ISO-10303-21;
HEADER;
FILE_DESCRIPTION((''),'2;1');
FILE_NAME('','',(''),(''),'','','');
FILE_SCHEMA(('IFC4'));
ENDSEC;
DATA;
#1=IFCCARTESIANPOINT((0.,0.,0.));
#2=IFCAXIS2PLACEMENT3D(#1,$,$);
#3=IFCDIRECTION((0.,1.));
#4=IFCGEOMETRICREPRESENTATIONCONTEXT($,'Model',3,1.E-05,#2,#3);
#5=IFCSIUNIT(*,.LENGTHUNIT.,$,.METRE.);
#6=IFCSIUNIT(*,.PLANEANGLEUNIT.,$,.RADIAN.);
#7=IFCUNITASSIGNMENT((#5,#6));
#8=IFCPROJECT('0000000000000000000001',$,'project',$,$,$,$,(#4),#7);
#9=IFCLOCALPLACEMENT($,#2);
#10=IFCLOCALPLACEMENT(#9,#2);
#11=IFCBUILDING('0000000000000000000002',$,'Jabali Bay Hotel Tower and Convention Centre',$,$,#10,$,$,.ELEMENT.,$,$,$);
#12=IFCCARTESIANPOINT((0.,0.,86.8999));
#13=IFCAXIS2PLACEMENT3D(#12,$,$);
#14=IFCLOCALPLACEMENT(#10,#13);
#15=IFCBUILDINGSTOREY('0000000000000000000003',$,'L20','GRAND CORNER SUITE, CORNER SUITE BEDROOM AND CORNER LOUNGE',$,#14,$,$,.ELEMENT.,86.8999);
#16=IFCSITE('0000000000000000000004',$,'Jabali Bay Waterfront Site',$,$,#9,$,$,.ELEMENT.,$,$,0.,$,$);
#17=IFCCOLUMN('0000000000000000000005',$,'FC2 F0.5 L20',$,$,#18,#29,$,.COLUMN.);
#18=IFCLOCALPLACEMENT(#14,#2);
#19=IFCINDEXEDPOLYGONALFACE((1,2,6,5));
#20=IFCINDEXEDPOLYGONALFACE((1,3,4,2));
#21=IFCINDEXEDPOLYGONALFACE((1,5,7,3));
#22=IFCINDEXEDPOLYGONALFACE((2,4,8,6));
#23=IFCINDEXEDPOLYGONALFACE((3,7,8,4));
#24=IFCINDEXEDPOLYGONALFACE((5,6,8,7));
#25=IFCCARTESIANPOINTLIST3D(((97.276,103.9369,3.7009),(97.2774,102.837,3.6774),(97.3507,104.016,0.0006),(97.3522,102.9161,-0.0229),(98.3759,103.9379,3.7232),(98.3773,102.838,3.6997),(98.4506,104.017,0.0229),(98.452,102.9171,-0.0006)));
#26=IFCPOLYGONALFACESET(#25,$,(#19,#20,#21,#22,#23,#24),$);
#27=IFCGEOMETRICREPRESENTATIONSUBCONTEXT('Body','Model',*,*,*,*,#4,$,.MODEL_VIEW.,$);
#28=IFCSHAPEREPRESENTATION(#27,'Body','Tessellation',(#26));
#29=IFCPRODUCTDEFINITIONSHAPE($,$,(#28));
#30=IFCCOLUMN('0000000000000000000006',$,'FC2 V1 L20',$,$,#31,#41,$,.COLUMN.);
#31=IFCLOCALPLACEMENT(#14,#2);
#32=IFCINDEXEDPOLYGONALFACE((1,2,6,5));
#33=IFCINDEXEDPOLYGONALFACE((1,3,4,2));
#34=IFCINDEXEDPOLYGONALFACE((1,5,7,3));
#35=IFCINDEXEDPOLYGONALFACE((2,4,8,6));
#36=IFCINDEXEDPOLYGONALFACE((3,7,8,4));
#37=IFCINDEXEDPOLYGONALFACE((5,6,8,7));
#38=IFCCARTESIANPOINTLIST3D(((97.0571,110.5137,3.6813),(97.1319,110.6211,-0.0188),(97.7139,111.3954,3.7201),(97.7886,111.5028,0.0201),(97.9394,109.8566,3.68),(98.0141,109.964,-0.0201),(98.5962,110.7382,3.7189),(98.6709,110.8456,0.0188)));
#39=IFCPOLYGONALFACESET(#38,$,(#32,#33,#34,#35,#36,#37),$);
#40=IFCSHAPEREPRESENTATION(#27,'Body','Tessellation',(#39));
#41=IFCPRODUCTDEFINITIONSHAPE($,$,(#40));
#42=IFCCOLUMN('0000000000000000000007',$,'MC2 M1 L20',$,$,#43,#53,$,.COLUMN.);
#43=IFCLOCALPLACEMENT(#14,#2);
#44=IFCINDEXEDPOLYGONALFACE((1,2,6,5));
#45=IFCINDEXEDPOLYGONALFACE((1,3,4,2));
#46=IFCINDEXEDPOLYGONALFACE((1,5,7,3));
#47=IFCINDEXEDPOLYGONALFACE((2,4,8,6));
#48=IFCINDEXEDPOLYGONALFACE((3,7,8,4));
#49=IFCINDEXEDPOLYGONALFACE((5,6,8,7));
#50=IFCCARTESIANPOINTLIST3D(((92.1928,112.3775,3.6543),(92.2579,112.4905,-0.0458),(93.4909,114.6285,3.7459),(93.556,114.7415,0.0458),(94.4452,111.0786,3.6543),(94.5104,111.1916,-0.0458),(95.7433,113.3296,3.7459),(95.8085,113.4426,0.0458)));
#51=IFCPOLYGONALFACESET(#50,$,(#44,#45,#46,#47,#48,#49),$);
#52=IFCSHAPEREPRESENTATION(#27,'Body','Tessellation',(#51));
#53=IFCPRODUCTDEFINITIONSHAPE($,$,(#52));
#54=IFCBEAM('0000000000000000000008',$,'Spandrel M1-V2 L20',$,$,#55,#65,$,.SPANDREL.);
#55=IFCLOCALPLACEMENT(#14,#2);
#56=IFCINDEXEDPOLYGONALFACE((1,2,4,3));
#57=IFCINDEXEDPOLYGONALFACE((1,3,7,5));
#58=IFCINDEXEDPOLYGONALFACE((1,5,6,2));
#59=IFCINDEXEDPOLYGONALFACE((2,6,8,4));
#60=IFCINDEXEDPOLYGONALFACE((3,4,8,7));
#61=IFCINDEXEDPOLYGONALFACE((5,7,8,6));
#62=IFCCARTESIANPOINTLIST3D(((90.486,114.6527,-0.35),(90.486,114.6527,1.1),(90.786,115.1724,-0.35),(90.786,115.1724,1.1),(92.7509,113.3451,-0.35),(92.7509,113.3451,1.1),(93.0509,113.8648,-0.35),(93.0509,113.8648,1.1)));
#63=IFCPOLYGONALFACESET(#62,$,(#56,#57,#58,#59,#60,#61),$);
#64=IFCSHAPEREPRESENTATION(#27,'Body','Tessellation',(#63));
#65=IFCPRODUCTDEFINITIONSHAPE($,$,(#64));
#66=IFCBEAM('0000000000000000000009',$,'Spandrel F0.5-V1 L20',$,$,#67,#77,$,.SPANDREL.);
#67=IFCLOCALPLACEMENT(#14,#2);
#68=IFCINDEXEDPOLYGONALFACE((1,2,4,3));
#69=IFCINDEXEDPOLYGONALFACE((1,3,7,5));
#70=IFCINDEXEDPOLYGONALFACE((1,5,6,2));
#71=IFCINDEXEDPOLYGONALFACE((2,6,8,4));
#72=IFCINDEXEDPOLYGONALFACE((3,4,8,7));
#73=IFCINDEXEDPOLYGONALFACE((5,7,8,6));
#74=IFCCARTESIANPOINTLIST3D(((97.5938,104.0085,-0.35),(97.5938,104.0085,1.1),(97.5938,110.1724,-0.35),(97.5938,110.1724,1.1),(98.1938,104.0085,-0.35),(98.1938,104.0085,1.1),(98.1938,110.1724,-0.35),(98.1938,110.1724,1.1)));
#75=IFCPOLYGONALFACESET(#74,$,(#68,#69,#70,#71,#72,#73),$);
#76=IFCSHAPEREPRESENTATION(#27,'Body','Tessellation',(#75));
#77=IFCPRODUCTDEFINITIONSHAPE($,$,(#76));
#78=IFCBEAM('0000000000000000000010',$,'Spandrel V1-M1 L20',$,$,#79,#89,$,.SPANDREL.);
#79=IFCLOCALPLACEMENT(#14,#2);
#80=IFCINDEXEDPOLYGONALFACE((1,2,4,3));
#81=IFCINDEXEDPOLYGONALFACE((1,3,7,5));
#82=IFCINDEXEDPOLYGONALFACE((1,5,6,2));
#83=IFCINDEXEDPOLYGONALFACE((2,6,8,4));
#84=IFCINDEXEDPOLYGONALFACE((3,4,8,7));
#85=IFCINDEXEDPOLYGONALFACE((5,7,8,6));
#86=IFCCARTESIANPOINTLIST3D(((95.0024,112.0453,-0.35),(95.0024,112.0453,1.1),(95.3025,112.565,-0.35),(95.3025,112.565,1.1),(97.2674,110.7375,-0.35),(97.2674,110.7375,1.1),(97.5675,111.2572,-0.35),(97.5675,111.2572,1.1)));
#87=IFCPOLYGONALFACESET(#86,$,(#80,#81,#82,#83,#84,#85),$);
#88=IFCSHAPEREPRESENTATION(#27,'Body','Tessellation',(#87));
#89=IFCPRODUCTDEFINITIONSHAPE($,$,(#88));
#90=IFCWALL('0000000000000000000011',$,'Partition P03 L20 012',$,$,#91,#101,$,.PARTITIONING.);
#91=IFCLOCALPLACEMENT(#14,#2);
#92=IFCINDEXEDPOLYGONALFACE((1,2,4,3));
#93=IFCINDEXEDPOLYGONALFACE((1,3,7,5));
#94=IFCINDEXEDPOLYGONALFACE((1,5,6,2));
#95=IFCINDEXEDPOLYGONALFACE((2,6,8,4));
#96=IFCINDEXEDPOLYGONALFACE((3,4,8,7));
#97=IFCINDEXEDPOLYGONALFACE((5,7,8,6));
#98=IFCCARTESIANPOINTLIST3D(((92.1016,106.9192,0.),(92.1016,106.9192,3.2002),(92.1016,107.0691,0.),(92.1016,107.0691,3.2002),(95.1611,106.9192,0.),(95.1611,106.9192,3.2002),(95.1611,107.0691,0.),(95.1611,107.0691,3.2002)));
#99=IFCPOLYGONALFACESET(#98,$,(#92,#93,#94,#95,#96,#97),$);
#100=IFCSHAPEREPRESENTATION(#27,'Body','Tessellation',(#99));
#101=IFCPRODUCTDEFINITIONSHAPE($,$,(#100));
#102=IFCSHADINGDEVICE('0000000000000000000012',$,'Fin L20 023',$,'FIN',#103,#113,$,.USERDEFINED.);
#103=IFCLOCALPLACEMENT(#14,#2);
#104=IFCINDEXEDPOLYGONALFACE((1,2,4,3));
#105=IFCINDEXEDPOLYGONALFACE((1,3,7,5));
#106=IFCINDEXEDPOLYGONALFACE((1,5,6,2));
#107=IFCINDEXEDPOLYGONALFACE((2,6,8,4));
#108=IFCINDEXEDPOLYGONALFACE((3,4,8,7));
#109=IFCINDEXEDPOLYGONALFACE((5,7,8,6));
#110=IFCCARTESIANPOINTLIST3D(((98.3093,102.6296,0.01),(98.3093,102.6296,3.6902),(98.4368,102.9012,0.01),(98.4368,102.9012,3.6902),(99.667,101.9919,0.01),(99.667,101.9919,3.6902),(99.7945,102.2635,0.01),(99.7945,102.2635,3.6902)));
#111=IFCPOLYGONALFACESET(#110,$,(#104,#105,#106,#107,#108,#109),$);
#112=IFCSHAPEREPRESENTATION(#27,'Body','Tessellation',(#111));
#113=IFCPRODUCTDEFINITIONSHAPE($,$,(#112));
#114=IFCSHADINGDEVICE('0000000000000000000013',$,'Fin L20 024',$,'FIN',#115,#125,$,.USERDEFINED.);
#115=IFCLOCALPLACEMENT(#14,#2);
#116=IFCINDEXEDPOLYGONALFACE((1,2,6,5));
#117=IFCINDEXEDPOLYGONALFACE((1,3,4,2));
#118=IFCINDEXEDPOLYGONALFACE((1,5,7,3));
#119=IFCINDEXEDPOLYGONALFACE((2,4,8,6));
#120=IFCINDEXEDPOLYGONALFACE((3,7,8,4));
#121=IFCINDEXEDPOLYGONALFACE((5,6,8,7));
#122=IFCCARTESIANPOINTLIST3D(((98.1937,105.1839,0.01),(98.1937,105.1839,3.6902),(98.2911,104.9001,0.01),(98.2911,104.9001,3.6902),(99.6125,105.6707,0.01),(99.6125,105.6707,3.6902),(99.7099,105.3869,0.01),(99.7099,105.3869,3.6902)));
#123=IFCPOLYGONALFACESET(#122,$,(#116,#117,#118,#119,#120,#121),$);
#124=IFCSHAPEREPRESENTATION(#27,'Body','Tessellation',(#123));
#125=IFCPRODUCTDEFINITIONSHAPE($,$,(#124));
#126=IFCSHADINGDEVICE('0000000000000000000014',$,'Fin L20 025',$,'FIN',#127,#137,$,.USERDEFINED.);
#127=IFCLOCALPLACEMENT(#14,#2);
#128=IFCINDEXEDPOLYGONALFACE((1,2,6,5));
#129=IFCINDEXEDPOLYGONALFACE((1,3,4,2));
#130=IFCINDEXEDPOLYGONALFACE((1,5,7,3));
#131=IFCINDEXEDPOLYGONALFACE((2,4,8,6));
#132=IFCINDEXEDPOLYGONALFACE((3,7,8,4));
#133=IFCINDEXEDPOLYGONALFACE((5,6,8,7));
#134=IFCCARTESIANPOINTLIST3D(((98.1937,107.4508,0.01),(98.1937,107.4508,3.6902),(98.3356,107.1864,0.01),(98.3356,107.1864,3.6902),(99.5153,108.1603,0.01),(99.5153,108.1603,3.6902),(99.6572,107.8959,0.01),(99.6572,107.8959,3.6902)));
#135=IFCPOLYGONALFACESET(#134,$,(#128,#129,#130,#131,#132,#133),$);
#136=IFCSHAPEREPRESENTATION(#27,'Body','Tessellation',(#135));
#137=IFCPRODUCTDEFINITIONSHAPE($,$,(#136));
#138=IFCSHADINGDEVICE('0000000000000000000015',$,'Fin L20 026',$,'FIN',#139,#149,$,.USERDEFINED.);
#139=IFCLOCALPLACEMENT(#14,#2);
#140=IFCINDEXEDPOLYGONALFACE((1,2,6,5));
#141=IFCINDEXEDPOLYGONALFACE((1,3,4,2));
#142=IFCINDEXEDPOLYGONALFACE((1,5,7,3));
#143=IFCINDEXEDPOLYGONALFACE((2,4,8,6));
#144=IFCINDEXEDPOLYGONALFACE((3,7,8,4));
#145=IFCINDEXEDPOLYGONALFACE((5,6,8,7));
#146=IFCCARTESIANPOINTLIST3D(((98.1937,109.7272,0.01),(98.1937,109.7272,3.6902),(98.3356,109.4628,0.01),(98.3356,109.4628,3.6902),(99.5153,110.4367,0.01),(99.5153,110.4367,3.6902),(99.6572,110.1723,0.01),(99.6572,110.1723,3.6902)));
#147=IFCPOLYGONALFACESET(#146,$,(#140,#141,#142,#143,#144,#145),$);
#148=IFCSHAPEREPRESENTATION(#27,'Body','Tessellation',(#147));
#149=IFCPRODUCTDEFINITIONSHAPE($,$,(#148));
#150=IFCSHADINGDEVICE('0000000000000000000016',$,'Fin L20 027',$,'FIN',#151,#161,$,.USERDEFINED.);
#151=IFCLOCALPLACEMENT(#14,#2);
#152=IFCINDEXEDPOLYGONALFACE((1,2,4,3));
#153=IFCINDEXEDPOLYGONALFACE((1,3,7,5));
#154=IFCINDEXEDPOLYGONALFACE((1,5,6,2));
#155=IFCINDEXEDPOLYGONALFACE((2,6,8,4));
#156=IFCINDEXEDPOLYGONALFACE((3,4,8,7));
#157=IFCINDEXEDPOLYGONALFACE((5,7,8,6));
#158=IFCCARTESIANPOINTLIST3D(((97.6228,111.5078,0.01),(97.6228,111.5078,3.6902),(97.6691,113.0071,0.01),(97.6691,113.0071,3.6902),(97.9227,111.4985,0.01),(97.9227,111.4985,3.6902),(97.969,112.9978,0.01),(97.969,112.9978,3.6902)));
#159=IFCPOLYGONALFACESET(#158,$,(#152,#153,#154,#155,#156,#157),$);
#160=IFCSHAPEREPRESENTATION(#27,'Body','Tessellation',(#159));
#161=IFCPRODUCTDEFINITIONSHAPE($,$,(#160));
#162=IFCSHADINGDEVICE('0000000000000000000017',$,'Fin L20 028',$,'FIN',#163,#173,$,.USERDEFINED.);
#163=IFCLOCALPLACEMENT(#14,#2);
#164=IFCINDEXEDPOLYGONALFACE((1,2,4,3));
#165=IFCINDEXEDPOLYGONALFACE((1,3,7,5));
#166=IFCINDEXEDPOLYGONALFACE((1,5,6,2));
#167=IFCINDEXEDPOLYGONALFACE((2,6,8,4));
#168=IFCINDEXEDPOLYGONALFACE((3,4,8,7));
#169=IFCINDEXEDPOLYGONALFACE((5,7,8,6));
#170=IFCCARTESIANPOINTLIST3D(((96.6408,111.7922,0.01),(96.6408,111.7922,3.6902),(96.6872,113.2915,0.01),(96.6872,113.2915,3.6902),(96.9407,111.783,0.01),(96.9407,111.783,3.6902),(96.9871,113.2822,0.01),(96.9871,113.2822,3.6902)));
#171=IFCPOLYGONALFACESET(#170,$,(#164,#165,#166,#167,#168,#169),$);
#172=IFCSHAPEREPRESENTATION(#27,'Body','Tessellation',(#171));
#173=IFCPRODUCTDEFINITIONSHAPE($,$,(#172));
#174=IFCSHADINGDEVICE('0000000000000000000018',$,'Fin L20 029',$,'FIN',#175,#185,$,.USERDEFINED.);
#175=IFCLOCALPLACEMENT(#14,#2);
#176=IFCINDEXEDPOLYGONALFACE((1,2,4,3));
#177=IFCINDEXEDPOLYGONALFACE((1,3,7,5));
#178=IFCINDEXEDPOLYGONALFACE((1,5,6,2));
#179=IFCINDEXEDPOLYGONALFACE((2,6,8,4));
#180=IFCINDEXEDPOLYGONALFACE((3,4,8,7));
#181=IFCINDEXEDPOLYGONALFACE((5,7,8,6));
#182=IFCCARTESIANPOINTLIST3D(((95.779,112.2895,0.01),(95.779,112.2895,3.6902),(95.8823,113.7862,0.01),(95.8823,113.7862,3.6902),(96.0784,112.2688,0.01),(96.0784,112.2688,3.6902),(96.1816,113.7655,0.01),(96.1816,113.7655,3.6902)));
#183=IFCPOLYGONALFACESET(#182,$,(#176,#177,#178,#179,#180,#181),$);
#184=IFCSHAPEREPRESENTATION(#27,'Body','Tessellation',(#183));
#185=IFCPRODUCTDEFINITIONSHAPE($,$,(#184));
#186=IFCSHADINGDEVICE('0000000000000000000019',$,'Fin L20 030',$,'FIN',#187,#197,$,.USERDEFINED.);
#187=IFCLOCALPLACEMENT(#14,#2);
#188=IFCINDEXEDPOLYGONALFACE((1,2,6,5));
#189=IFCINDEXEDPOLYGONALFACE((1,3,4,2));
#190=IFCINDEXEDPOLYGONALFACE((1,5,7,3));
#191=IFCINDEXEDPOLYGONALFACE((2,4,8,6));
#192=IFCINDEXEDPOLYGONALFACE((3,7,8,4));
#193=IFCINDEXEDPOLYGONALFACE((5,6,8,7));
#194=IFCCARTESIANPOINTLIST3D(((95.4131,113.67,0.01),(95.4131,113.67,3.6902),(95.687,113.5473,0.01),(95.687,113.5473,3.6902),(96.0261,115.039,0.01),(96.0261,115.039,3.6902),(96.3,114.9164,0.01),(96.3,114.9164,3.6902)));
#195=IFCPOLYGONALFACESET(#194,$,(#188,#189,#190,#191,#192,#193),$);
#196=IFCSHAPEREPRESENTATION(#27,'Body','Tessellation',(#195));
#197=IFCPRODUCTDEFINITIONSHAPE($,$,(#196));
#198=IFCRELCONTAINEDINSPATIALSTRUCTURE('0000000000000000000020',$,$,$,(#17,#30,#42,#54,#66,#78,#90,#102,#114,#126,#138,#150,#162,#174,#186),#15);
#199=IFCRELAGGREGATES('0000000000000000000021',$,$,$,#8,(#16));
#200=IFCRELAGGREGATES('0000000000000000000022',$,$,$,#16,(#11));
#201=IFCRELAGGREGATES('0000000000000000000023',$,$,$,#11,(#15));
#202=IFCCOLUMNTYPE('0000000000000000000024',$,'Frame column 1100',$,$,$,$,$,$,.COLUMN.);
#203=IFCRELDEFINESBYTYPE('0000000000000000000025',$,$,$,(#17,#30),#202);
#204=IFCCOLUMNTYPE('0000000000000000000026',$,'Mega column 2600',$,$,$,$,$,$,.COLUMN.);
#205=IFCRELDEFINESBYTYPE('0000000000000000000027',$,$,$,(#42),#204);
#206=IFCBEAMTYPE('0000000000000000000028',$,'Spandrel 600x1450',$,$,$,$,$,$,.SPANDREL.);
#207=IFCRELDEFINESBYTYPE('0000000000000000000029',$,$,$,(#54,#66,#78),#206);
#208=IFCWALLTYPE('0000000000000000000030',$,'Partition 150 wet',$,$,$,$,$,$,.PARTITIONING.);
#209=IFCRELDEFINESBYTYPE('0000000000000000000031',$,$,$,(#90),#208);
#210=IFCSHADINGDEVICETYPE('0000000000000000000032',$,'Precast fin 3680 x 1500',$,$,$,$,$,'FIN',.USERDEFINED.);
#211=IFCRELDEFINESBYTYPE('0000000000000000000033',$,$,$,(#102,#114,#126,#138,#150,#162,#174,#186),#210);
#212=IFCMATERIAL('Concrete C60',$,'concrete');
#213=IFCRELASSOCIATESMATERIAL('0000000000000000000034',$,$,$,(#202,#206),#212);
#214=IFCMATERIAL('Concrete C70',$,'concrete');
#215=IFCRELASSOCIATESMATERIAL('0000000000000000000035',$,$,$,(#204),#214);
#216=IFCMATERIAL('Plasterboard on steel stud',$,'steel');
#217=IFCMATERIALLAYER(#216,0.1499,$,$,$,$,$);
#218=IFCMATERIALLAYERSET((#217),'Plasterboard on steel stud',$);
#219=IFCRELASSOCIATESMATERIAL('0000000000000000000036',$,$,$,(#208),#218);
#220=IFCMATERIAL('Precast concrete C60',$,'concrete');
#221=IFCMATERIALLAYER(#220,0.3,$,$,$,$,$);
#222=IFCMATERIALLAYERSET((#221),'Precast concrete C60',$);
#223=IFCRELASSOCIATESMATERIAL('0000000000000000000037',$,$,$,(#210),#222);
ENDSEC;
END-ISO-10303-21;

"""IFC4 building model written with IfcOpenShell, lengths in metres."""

from ifc_helpers import new_model, si_unit, direction, frame, frame_2d, origin, origin_2d, place, context, subcontext, project, spatial, rectangle, extrude, material, layer, layer_set, material_profile, profile_set, type_object, element, save


model = new_model("IFC4")

# Units and contexts
model_context = context("Model", 3, precision=1e-05, world=origin(), true_north=direction((0.0, 1.0)))
body_context = subcontext(model_context, "Body", "Model", "MODEL_VIEW")
ifc_project = project(units=[si_unit("LENGTHUNIT", "METRE"), si_unit("PLANEANGLEUNIT", "RADIAN")], contexts=[model_context])

# Site, building, storey
site_placement = place(None, origin())
site = spatial("IfcSite", under=ifc_project, at=site_placement, Name="Jabali Bay Waterfront Site", CompositionType="ELEMENT", RefElevation=0.0)
building_placement = place(site_placement, origin())
building = spatial("IfcBuilding", under=site, at=building_placement, Name="Jabali Bay Hotel Tower and Convention Centre", CompositionType="ELEMENT")
storey_placement = place(building_placement, frame((0.0, 0.0, 86.8999)))
storey = spatial("IfcBuildingStorey", under=building, at=storey_placement, Name="L20", Description="GRAND CORNER SUITE, CORNER SUITE BEDROOM AND CORNER LOUNGE", CompositionType="ELEMENT", Elevation=86.8999)

# Columns
ifc_material_1 = material(Name="Concrete C60", Category="concrete")
ifc_material_profile_1 = material_profile(ifc_material_1, rectangle(XDim=1.1001, YDim=1.1001, at=origin_2d()), Name="Frame column 1100")
ifc_profile_set_1 = profile_set([ifc_material_profile_1], Name="Concrete C60")
column_type_1 = type_object("IfcColumnType", Name="Frame column 1100", PredefinedType="COLUMN", material=ifc_profile_set_1)
column_1_placement = place(storey_placement, frame((97.9014, 103.4666, 0.0), z_axis=(-0.020181, -0.021368, 0.999568), x_axis=(0.999795, 0.00089, 0.020205)))
element("IfcColumn", 1, at=column_1_placement, inside=storey, type_object=column_type_1, Name="FC2 F0.5 L20", PredefinedType="COLUMN", context=body_context, shape_type="SweptSolid", body=[
    extrude(rectangle(XDim=1.1001, YDim=1.1001, at=origin_2d()), origin(), (0.0, 0.0, 1.0), 3.7019),
])
column_2_placement = place(storey_placement, frame((97.9014, 110.7334, 0.0), z_axis=(-0.020177, -0.029013, 0.999375), x_axis=(0.59703, 0.801441, 0.035321)))
element("IfcColumn", 2, at=column_2_placement, inside=storey, type_object=column_type_1, Name="FC2 V1 L20", PredefinedType="COLUMN", context=body_context, shape_type="SweptSolid", body=[
    extrude(rectangle(XDim=1.1001, YDim=1.1001, at=origin_2d()), origin(), (0.0, 0.0, 1.0), 3.7024),
])
ifc_material_2 = material(Name="Concrete C70", Category="concrete")
ifc_material_profile_2 = material_profile(ifc_material_2, rectangle(XDim=2.6001, YDim=2.6001, at=origin_2d()), Name="Mega column 2600")
ifc_profile_set_2 = profile_set([ifc_material_profile_2], Name="Concrete C70")
column_type_2 = type_object("IfcColumnType", Name="Mega column 2600", PredefinedType="COLUMN", material=ifc_profile_set_2)
column_3_placement = place(storey_placement, frame((94.0332, 112.9666, 0.0), z_axis=(-0.017606, -0.03053, 0.999379), x_axis=(0.866279, -0.49956, 0.0)))
element("IfcColumn", 3, at=column_3_placement, inside=storey, type_object=column_type_2, Name="MC2 M1 L20", PredefinedType="COLUMN", context=body_context, shape_type="SweptSolid", body=[
    extrude(rectangle(XDim=2.6001, YDim=2.6001, at=origin_2d()), origin(), (0.0, 0.0, 1.0), 3.7024),
])

# Beams
ifc_material_profile_3 = material_profile(ifc_material_1, rectangle(XDim=0.6001, YDim=1.45, at=origin_2d()), Name="Spandrel 600x1450")
ifc_profile_set_3 = profile_set([ifc_material_profile_3], Name="Concrete C60")
beam_type = type_object("IfcBeamType", Name="Spandrel 600x1450", PredefinedType="SPANDREL", material=ifc_profile_set_3)
beam_1_placement = place(storey_placement, frame((92.9009, 113.605, 0.375), z_axis=(-0.866029, 0.499995, 0.0), x_axis=(-0.499995, -0.866029, 0.0)))
element("IfcBeam", 4, at=beam_1_placement, inside=storey, type_object=beam_type, Name="Spandrel M1-V2 L20", PredefinedType="SPANDREL", context=body_context, shape_type="SweptSolid", body=[
    extrude(rectangle(XDim=0.6001, YDim=1.45, at=origin_2d()), origin(), (0.0, 0.0, 1.0), 2.6152),
])
beam_2_placement = place(storey_placement, frame((97.8938, 104.0085, 0.375), z_axis=(0.0, 1.0, 0.0), x_axis=(-1.0, 0.0, 0.0)))
element("IfcBeam", 5, at=beam_2_placement, inside=storey, type_object=beam_type, Name="Spandrel F0.5-V1 L20", PredefinedType="SPANDREL", context=body_context, shape_type="SweptSolid", body=[
    extrude(rectangle(XDim=0.6001, YDim=1.45, at=origin_2d()), origin(), (0.0, 0.0, 1.0), 6.1638),
])
beam_3_placement = place(storey_placement, frame((97.4175, 110.9973, 0.375), z_axis=(-0.866011, 0.500024, 0.0), x_axis=(-0.500024, -0.866011, 0.0)))
element("IfcBeam", 6, at=beam_3_placement, inside=storey, type_object=beam_type, Name="Spandrel V1-M1 L20", PredefinedType="SPANDREL", context=body_context, shape_type="SweptSolid", body=[
    extrude(rectangle(XDim=0.6001, YDim=1.45, at=origin_2d()), origin(), (0.0, 0.0, 1.0), 2.6155),
])

# Wall
ifc_material_3 = material(Name="Plasterboard on steel stud", Category="steel")
ifc_layer_1 = layer(ifc_material_3, 0.1499)
ifc_layer_set_1 = layer_set([ifc_layer_1], Name="Plasterboard on steel stud")
wall_type_1 = type_object("IfcWallType", Name="Partition 150 wet", PredefinedType="PARTITIONING", material=ifc_layer_set_1)
wall_1_placement = place(storey_placement, frame((95.1611, 106.9941, 0.0), z_axis=(0.0, 0.0, 1.0), x_axis=(-1.0, 0.0, 0.0)))
element("IfcWall", 7, at=wall_1_placement, inside=storey, type_object=wall_type_1, Name="Partition P03 L20 012", PredefinedType="PARTITIONING", context=body_context, shape_type="SweptSolid", body=[
    extrude(rectangle(XDim=3.0596, YDim=0.1499, at=frame_2d((1.5298, 0.0))), origin(), (0.0, 0.0, 1.0), 3.2002),
])

# Shading devices
ifc_material_4 = material(Name="Precast concrete C60", Category="concrete")
ifc_layer_2 = layer(ifc_material_4, 0.3)
ifc_layer_set_2 = layer_set([ifc_layer_2], Name="Precast concrete C60")
shading_device_type = type_object("IfcShadingDeviceType", Name="Precast fin 3680 x 1500", ElementType="FIN", PredefinedType="USERDEFINED", material=ifc_layer_set_2)
for number, where, z_axis, x_axis, name in (
    (8, (98.373, 102.7654, 0.01), (0.0, 0.0, 1.0), (0.905128, -0.425138, 0.0), "Fin L20 023"),
    (9, (98.2424, 105.042, 0.01), (0.0, 0.0, 1.0), (0.945863, 0.324566, 0.0), "Fin L20 024"),
    (10, (98.2646, 107.3186, 0.01), (0.0, 0.0, 1.0), (0.881061, 0.473003, 0.0), "Fin L20 025"),
    (11, (98.2646, 109.595, 0.01), (0.0, 0.0, 1.0), (0.881061, 0.473003, 0.0), "Fin L20 026"),
    (12, (97.7727, 111.5032, 0.01), (0.0, 0.0, 1.0), (0.030925, 0.999522, 0.0), "Fin L20 027"),
    (13, (96.7908, 111.7876, 0.01), (0.0, 0.0, 1.0), (0.030925, 0.999522, 0.0), "Fin L20 028"),
):
    element("IfcShadingDevice", number, at=place(storey_placement, frame(where, z_axis=z_axis, x_axis=x_axis)), inside=storey, type_object=shading_device_type, Name=name, ObjectType="FIN", PredefinedType="USERDEFINED", context=body_context, shape_type="SweptSolid", body=[
        extrude(rectangle(XDim=1.5, YDim=0.3, at=frame_2d((0.75, 0.0))), origin(), (0.0, 0.0, 1.0), 3.6802),
    ])
shading_device_1_placement = place(storey_placement, frame((95.9287, 112.2793, 0.01), z_axis=(0.0, 0.0, 1.0), x_axis=(0.068841, 0.997628, 0.0)))
element("IfcShadingDevice", 14, at=shading_device_1_placement, inside=storey, type_object=shading_device_type, Name="Fin L20 029", ObjectType="FIN", PredefinedType="USERDEFINED", context=body_context, shape_type="SweptSolid", body=[
    extrude(rectangle(XDim=1.5002, YDim=0.3, at=frame_2d((0.75, 0.0))), origin(), (0.0, 0.0, 1.0), 3.6802),
])
for number, where, z_axis, x_axis, name in (
    (15, (95.55, 113.6086, 0.01), (0.0, 0.0, 1.0), (0.408659, 0.912687, 0.0), "Fin L20 030"),
):
    element("IfcShadingDevice", number, at=place(storey_placement, frame(where, z_axis=z_axis, x_axis=x_axis)), inside=storey, type_object=shading_device_type, Name=name, ObjectType="FIN", PredefinedType="USERDEFINED", context=body_context, shape_type="SweptSolid", body=[
        extrude(rectangle(XDim=1.5, YDim=0.3, at=frame_2d((0.75, 0.0))), origin(), (0.0, 0.0, 1.0), 3.6802),
    ])

save(model, "model.ifc")
